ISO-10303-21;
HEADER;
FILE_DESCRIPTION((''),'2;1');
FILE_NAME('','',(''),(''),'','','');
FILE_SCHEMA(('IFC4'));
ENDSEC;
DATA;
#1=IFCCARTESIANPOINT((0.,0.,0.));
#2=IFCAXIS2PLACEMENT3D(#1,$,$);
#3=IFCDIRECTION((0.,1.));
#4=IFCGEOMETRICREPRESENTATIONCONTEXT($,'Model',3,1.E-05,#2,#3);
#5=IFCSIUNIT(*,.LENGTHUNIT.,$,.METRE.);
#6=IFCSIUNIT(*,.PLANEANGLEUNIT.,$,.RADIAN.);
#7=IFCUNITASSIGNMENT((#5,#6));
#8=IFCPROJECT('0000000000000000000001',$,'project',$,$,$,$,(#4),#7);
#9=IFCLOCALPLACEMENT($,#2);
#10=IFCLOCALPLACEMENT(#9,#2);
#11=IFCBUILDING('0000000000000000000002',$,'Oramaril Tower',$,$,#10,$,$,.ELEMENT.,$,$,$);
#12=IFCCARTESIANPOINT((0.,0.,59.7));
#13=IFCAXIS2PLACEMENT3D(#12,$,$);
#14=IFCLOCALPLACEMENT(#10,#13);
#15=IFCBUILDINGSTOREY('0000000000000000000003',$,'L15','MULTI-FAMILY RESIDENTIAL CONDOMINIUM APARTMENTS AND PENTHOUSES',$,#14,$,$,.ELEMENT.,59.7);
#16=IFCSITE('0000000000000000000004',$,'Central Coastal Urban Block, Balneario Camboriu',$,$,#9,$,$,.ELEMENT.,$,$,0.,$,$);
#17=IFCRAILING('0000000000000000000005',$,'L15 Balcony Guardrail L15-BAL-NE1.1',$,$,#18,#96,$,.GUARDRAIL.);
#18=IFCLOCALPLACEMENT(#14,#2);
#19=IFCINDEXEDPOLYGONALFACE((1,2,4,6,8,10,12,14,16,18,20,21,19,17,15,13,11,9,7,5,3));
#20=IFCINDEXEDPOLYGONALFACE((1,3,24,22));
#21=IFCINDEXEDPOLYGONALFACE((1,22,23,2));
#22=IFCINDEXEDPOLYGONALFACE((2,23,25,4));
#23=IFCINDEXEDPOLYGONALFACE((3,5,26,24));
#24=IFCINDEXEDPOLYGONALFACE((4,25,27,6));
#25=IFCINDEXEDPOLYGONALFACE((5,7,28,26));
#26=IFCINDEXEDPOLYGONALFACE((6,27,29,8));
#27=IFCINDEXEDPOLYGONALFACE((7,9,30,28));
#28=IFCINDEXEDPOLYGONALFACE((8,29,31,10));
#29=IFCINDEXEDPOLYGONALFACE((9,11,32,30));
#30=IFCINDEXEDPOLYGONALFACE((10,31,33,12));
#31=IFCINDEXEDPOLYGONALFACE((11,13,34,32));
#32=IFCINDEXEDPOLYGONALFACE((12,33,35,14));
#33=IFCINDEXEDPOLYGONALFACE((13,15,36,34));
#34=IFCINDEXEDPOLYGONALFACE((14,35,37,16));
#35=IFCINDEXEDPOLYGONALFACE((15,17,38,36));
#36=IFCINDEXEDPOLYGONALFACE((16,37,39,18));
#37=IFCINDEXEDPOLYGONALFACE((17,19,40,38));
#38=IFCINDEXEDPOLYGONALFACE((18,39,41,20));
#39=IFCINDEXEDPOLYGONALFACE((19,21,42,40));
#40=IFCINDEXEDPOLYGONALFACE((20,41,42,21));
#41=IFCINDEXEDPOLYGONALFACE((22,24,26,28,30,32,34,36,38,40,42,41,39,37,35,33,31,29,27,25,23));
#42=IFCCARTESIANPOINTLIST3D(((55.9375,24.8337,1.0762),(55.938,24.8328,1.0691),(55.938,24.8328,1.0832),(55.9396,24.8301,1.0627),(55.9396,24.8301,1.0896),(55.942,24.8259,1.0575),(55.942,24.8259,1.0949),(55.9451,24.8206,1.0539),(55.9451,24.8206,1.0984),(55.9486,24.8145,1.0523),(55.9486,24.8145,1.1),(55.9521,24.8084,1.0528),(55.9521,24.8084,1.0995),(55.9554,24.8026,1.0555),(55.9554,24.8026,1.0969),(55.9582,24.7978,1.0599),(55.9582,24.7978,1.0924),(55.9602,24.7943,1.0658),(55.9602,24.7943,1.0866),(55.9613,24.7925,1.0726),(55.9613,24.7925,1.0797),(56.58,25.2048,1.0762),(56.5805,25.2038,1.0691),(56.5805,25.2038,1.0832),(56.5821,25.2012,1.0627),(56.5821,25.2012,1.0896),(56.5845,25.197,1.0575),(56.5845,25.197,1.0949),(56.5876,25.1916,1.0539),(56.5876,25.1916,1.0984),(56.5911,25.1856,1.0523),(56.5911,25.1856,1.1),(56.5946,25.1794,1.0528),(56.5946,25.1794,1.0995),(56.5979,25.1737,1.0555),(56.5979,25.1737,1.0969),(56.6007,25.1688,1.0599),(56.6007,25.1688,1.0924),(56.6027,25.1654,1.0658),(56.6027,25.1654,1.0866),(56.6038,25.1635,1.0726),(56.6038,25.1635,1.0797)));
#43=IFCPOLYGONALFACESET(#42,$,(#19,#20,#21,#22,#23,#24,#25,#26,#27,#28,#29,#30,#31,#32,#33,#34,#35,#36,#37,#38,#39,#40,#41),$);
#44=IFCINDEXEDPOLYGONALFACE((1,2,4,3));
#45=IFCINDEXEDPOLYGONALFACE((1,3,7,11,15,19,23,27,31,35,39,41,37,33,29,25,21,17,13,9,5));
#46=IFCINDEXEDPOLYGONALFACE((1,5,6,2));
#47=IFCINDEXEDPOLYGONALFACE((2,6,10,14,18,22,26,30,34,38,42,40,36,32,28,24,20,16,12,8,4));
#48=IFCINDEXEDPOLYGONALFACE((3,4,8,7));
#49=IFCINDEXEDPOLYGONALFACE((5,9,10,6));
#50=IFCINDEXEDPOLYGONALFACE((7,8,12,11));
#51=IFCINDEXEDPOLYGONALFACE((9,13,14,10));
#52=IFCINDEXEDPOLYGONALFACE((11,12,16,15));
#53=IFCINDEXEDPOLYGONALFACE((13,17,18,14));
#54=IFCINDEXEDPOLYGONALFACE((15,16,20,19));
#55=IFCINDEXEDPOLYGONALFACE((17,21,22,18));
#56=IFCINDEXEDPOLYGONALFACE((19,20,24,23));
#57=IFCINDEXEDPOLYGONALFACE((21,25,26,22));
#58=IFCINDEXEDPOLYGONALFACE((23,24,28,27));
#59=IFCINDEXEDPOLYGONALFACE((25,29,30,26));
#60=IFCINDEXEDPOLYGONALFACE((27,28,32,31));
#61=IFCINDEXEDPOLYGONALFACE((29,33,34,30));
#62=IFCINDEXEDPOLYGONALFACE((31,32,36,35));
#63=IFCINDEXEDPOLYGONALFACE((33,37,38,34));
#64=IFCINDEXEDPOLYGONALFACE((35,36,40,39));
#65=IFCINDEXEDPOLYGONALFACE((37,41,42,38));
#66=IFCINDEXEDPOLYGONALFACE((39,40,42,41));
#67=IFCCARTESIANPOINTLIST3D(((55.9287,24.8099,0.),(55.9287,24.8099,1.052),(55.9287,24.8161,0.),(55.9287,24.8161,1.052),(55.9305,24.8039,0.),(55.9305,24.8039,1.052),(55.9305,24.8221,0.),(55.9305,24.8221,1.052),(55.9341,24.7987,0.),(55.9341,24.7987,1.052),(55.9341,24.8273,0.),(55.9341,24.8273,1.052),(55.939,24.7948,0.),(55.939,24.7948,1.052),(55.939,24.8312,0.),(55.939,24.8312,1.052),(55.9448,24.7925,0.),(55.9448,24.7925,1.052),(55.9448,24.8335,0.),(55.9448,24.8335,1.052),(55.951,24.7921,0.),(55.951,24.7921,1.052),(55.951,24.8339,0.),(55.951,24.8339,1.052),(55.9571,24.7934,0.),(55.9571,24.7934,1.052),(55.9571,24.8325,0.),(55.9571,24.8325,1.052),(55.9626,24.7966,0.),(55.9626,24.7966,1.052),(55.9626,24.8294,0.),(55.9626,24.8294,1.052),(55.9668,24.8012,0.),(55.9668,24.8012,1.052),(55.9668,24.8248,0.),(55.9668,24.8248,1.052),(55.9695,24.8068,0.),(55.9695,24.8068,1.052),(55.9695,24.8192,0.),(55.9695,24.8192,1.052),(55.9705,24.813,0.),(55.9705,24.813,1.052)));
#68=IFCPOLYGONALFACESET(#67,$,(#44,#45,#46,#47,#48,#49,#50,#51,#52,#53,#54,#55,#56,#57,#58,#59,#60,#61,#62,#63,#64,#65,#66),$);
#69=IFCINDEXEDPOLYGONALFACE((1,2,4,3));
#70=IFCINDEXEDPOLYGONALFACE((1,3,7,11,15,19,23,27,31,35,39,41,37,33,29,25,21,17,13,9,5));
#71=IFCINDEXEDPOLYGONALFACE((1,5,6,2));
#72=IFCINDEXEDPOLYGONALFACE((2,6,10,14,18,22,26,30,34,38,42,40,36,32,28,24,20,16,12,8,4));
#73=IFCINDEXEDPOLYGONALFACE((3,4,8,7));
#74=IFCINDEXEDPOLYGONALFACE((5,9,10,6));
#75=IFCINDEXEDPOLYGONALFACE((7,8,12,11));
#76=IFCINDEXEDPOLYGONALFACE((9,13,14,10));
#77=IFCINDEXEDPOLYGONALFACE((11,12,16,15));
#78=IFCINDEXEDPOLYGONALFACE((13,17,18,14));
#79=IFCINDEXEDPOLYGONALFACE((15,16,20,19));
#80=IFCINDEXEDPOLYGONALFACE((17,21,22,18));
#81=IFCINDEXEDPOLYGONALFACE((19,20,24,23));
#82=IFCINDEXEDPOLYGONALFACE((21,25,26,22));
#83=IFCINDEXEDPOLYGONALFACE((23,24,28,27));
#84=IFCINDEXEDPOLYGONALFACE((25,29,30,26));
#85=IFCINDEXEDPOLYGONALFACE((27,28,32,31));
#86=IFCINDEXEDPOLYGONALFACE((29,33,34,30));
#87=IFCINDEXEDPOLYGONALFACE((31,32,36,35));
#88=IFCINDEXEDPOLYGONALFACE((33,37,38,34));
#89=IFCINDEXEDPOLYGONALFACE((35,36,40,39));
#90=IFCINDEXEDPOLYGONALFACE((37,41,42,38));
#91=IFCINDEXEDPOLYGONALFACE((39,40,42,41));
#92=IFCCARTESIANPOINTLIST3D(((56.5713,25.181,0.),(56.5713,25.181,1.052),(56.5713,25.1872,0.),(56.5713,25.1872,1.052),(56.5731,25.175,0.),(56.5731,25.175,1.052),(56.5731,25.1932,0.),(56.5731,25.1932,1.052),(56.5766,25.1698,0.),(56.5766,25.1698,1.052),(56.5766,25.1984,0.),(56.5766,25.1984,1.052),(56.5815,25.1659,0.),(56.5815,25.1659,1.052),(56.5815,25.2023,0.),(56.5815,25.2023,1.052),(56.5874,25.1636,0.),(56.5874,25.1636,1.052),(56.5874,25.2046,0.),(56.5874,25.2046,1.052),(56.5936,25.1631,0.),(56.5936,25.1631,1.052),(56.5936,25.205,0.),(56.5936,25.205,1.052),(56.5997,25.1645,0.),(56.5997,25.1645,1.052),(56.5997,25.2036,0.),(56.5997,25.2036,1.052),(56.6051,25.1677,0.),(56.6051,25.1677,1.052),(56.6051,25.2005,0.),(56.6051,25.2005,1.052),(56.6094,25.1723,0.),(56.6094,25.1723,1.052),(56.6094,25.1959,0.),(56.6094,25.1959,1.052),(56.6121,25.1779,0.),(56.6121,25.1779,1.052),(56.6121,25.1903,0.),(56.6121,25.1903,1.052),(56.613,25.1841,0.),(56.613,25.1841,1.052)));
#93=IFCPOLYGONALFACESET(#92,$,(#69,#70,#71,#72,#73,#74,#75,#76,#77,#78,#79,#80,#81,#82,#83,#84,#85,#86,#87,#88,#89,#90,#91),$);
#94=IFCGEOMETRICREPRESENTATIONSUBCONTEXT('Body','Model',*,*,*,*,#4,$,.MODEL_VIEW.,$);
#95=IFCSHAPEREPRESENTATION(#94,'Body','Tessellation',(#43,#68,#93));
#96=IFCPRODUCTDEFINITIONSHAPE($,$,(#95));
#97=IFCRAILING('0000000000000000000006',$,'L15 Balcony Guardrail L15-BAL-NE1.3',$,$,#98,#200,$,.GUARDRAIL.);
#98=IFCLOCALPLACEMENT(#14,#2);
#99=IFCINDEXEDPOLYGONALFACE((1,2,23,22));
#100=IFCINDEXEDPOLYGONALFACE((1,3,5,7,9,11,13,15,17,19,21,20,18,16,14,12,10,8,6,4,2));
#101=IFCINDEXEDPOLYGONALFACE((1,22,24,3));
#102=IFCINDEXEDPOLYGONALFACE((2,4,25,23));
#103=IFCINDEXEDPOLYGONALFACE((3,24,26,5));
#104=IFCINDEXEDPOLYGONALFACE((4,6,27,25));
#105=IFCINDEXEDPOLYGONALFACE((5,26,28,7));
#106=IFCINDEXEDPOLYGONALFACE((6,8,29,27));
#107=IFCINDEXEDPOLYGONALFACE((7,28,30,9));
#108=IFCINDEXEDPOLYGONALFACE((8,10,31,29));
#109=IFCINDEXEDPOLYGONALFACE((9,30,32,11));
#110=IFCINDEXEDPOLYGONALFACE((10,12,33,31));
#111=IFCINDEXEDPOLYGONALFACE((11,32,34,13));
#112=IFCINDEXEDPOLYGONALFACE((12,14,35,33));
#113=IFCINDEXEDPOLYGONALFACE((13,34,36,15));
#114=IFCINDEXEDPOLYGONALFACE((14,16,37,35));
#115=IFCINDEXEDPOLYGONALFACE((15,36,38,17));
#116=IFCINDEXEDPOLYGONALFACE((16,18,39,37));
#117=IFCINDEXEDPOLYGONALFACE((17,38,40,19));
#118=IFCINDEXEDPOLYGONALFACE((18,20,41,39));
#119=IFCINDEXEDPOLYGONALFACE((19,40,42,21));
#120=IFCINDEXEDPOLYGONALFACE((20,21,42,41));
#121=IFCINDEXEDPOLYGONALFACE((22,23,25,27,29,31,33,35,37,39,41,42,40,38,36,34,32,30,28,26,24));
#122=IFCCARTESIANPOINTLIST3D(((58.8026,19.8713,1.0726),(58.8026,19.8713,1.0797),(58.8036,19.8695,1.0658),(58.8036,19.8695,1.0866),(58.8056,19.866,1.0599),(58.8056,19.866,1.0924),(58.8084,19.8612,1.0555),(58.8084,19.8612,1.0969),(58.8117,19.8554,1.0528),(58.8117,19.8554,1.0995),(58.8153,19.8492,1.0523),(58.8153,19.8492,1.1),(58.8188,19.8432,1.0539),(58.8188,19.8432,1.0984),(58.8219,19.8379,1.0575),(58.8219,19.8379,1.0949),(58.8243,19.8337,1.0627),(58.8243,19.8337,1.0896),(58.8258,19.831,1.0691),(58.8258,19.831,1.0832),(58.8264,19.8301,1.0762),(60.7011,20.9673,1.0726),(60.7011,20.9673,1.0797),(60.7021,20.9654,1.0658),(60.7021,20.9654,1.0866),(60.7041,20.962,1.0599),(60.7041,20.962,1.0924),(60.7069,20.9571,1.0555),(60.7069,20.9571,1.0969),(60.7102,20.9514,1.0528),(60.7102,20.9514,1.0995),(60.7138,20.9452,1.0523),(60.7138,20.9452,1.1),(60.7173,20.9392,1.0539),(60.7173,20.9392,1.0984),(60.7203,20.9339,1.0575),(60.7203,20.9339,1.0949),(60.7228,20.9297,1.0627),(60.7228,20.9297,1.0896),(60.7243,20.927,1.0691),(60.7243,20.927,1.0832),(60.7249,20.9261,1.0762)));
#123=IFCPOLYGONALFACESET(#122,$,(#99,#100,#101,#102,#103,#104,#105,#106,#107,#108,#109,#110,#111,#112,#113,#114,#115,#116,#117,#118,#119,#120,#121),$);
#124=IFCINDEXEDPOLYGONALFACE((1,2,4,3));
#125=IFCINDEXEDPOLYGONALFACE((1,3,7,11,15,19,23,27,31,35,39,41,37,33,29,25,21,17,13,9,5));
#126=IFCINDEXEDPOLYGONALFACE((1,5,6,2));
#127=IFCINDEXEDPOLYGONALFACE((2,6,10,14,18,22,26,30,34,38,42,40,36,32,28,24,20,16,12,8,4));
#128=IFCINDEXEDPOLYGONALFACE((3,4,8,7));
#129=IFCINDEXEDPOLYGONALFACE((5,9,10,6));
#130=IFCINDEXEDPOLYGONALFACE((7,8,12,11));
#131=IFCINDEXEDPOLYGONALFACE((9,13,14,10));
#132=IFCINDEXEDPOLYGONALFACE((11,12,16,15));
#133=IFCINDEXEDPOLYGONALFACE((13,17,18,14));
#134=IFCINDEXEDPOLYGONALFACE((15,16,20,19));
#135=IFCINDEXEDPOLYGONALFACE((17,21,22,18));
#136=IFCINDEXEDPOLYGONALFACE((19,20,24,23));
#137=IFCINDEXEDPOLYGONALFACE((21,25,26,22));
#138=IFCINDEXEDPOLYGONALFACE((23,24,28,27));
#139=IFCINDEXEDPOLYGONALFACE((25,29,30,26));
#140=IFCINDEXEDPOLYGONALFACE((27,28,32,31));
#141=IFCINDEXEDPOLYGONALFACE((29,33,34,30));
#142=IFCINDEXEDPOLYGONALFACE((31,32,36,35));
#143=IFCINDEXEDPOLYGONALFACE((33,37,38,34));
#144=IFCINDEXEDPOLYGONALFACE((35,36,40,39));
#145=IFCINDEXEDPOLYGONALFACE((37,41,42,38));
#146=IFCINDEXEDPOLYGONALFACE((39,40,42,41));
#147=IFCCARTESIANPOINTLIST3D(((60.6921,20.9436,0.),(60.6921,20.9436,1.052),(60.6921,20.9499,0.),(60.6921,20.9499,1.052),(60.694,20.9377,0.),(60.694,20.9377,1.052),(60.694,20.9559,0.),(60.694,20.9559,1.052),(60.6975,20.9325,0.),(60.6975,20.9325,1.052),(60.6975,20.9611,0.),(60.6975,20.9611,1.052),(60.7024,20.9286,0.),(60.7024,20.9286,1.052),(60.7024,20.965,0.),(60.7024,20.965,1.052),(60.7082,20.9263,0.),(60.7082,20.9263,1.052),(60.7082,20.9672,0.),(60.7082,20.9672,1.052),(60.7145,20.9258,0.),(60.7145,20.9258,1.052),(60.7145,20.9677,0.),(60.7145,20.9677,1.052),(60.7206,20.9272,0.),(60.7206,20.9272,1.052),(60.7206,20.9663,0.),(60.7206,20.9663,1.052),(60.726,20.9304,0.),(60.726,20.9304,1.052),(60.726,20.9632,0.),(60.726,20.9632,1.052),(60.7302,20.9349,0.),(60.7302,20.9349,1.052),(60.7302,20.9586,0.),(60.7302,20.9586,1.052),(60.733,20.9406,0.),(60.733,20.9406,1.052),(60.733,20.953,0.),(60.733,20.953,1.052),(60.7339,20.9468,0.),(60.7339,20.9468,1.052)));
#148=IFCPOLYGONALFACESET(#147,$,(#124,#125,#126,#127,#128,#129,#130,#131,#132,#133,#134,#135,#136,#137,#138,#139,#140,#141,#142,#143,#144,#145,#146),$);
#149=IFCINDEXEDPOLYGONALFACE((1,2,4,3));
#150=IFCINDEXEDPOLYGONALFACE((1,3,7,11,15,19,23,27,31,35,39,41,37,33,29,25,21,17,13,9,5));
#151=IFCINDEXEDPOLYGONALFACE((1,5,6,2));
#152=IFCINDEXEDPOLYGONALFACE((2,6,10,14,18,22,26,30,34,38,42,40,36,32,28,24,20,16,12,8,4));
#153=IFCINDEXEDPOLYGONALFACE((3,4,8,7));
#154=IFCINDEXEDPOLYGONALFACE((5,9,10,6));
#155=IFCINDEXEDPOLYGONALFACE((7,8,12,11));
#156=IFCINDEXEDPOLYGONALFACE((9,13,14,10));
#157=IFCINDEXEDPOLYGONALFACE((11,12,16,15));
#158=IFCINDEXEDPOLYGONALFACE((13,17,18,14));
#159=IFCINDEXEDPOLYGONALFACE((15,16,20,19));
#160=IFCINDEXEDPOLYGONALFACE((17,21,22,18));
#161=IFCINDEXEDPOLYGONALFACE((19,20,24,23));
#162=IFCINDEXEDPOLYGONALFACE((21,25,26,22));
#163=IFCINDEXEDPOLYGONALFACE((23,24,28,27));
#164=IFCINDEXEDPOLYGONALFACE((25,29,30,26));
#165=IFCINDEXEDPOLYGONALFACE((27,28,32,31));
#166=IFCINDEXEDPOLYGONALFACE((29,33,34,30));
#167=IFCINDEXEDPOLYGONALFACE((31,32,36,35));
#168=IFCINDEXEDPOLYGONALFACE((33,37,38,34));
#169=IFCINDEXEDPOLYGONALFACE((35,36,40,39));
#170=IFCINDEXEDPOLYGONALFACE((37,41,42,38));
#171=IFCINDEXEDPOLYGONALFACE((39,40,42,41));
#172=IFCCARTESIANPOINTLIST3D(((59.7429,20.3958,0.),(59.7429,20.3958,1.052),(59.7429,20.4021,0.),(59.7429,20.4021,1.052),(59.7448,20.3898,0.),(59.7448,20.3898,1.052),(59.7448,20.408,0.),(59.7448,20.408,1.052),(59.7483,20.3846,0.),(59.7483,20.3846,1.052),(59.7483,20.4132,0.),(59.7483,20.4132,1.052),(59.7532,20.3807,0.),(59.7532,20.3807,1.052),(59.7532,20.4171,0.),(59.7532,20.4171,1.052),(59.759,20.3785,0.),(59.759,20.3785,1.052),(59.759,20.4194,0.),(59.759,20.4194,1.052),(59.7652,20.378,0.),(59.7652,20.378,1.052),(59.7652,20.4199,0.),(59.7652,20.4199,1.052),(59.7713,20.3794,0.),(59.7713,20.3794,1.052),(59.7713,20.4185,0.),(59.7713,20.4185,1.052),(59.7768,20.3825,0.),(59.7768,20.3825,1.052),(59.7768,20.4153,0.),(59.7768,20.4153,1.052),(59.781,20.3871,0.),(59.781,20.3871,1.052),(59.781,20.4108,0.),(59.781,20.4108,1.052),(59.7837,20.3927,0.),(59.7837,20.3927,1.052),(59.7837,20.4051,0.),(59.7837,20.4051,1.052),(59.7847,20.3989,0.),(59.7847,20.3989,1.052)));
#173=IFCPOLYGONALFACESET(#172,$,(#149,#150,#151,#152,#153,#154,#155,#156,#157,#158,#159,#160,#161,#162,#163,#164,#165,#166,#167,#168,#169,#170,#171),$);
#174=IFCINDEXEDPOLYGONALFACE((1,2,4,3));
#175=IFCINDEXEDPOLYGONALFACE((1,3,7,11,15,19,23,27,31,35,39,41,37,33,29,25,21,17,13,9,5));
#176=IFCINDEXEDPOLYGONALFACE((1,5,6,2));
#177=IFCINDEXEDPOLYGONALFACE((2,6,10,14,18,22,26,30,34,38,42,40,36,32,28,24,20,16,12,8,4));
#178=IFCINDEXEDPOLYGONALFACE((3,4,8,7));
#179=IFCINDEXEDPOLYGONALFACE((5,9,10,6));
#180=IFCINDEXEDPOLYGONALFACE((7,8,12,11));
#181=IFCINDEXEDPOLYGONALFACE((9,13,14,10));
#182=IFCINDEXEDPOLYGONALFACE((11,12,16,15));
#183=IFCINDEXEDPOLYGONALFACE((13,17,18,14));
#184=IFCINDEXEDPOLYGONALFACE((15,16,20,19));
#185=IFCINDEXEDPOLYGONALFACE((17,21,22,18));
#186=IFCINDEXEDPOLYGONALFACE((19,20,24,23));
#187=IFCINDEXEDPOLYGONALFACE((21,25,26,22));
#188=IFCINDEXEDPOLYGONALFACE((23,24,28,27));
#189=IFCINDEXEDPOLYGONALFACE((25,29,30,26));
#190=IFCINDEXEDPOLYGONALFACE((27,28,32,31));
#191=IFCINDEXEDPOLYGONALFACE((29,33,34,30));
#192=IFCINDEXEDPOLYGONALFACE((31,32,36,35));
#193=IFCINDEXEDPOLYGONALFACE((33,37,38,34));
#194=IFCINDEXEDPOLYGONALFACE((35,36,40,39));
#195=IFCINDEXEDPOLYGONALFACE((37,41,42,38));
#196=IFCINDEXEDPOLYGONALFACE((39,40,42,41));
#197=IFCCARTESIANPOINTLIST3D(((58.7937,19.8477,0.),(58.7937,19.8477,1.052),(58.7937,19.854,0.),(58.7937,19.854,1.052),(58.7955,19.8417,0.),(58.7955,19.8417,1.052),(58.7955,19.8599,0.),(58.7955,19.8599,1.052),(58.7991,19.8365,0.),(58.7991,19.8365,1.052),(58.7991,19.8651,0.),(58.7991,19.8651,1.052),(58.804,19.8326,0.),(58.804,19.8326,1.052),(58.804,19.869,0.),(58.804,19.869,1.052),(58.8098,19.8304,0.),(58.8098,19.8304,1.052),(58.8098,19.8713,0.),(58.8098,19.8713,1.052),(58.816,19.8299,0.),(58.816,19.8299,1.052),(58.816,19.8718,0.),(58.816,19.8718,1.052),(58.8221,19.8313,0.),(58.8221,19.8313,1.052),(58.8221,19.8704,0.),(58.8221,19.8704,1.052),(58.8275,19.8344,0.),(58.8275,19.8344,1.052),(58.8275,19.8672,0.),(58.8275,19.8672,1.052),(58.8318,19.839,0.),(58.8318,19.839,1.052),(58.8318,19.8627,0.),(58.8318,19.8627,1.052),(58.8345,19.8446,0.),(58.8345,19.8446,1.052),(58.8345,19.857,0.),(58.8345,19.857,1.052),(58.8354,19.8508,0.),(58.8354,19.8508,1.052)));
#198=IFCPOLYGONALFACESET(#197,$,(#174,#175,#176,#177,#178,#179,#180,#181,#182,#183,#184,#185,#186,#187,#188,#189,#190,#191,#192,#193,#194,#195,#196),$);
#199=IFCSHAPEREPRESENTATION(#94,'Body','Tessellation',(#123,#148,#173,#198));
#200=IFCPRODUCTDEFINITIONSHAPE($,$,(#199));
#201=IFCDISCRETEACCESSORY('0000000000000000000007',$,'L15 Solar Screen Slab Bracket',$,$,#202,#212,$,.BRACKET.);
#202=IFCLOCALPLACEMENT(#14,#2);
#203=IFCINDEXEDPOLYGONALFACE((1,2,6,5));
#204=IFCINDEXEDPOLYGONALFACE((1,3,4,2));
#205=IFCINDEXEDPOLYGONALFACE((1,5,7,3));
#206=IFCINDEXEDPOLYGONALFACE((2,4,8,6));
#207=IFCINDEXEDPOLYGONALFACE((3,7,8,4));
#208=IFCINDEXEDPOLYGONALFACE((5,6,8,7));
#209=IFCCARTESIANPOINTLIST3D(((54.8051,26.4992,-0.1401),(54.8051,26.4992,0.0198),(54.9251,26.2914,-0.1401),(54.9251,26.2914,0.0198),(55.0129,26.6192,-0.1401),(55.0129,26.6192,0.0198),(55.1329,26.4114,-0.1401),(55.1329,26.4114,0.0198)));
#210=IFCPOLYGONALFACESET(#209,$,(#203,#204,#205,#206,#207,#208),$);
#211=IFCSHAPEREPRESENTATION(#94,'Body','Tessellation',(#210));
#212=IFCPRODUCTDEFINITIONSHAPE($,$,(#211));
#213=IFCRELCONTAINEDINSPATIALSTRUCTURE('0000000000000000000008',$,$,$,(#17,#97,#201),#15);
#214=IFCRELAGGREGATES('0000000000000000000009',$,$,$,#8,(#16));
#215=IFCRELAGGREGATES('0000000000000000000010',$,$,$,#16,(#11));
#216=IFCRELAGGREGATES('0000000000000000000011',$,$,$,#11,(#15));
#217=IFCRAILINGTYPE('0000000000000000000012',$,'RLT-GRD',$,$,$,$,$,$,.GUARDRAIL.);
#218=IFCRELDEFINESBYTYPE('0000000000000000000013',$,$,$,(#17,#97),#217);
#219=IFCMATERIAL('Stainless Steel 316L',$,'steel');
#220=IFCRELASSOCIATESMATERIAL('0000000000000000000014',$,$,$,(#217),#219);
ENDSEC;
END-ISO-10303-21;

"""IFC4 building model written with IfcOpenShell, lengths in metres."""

from ifc_helpers import new_model, si_unit, direction, frame, origin, origin_2d, place, context, subcontext, project, spatial, rectangle, circle, extrude, material, type_object, element, save


model = new_model("IFC4")

# Units and contexts
model_context = context("Model", 3, precision=1e-05, world=origin(), true_north=direction((0.0, 1.0)))
body_context = subcontext(model_context, "Body", "Model", "MODEL_VIEW")
ifc_project = project(units=[si_unit("LENGTHUNIT", "METRE"), si_unit("PLANEANGLEUNIT", "RADIAN")], contexts=[model_context])

# Site, building, storey
site_placement = place(None, origin())
site = spatial("IfcSite", under=ifc_project, at=site_placement, Name="Central Coastal Urban Block, Balneario Camboriu", CompositionType="ELEMENT", RefElevation=0.0)
building_placement = place(site_placement, origin())
building = spatial("IfcBuilding", under=site, at=building_placement, Name="Oramaril Tower", CompositionType="ELEMENT")
storey_placement = place(building_placement, frame((0.0, 0.0, 59.7)))
storey = spatial("IfcBuildingStorey", under=building, at=storey_placement, Name="L15", Description="MULTI-FAMILY RESIDENTIAL CONDOMINIUM APARTMENTS AND PENTHOUSES", CompositionType="ELEMENT", Elevation=59.7)

# Railings
ifc_material_1 = material(Name="Stainless Steel 316L", Category="steel")
railing_type = type_object("IfcRailingType", Name="RLT-GRD", PredefinedType="GUARDRAIL", material=ifc_material_1)
railing_1_placement = place(storey_placement, frame((55.9495, 24.813, 0.0)))
element("IfcRailing", 1, at=railing_1_placement, inside=storey, type_object=railing_type, Name="L15 Balcony Guardrail L15-BAL-NE1.1", PredefinedType="GUARDRAIL", context=body_context, shape_type="SweptSolid", body=[
    extrude(circle(Radius=0.0239, at=origin_2d()), frame((0.0, 0.0, 1.0762), z_axis=(0.865966, 0.500102, 0.0), x_axis=(-0.500102, 0.865966, 0.0)), (0.0, 0.0, 1.0), 0.7419),
    extrude(circle(Radius=0.021, at=origin_2d()), origin(), (0.0, 0.0, 1.0), 1.052),
    extrude(circle(Radius=0.021, at=origin_2d()), frame((0.6426, 0.3711, 0.0)), (0.0, 0.0, 1.0), 1.052),
])
railing_2_placement = place(storey_placement, frame((60.7129, 20.9468, 0.0)))
element("IfcRailing", 2, at=railing_2_placement, inside=storey, type_object=railing_type, Name="L15 Balcony Guardrail L15-BAL-NE1.3", PredefinedType="GUARDRAIL", context=body_context, shape_type="SweptSolid", body=[
    extrude(circle(Radius=0.0239, at=origin_2d()), frame((0.0, 0.0, 1.0762), z_axis=(-0.866048, -0.49996, 0.0), x_axis=(0.49996, -0.866048, 0.0)), (0.0, 0.0, 1.0), 2.1921),
    extrude(circle(Radius=0.021, at=origin_2d()), origin(), (0.0, 0.0, 1.0), 1.052),
    extrude(circle(Radius=0.021, at=origin_2d()), frame((-0.9492, -0.5479, 0.0)), (0.0, 0.0, 1.0), 1.052),
    extrude(circle(Radius=0.021, at=origin_2d()), frame((-1.8984, -1.0959, 0.0)), (0.0, 0.0, 1.0), 1.052),
])

# Discrete accessory
discrete_accessory_placement = place(storey_placement, frame((54.969, 26.4553, -0.1401), z_axis=(0.0, 0.0, 1.0), x_axis=(-0.499998, 0.866026, 0.0)))
element("IfcDiscreteAccessory", 3, at=discrete_accessory_placement, inside=storey, Name="L15 Solar Screen Slab Bracket", PredefinedType="BRACKET", context=body_context, shape_type="SweptSolid", body=[
    extrude(rectangle(XDim=0.24, YDim=0.24, at=origin_2d()), origin(), (0.0, 0.0, 1.0), 0.1599),
])

save(model, "model.ifc")
